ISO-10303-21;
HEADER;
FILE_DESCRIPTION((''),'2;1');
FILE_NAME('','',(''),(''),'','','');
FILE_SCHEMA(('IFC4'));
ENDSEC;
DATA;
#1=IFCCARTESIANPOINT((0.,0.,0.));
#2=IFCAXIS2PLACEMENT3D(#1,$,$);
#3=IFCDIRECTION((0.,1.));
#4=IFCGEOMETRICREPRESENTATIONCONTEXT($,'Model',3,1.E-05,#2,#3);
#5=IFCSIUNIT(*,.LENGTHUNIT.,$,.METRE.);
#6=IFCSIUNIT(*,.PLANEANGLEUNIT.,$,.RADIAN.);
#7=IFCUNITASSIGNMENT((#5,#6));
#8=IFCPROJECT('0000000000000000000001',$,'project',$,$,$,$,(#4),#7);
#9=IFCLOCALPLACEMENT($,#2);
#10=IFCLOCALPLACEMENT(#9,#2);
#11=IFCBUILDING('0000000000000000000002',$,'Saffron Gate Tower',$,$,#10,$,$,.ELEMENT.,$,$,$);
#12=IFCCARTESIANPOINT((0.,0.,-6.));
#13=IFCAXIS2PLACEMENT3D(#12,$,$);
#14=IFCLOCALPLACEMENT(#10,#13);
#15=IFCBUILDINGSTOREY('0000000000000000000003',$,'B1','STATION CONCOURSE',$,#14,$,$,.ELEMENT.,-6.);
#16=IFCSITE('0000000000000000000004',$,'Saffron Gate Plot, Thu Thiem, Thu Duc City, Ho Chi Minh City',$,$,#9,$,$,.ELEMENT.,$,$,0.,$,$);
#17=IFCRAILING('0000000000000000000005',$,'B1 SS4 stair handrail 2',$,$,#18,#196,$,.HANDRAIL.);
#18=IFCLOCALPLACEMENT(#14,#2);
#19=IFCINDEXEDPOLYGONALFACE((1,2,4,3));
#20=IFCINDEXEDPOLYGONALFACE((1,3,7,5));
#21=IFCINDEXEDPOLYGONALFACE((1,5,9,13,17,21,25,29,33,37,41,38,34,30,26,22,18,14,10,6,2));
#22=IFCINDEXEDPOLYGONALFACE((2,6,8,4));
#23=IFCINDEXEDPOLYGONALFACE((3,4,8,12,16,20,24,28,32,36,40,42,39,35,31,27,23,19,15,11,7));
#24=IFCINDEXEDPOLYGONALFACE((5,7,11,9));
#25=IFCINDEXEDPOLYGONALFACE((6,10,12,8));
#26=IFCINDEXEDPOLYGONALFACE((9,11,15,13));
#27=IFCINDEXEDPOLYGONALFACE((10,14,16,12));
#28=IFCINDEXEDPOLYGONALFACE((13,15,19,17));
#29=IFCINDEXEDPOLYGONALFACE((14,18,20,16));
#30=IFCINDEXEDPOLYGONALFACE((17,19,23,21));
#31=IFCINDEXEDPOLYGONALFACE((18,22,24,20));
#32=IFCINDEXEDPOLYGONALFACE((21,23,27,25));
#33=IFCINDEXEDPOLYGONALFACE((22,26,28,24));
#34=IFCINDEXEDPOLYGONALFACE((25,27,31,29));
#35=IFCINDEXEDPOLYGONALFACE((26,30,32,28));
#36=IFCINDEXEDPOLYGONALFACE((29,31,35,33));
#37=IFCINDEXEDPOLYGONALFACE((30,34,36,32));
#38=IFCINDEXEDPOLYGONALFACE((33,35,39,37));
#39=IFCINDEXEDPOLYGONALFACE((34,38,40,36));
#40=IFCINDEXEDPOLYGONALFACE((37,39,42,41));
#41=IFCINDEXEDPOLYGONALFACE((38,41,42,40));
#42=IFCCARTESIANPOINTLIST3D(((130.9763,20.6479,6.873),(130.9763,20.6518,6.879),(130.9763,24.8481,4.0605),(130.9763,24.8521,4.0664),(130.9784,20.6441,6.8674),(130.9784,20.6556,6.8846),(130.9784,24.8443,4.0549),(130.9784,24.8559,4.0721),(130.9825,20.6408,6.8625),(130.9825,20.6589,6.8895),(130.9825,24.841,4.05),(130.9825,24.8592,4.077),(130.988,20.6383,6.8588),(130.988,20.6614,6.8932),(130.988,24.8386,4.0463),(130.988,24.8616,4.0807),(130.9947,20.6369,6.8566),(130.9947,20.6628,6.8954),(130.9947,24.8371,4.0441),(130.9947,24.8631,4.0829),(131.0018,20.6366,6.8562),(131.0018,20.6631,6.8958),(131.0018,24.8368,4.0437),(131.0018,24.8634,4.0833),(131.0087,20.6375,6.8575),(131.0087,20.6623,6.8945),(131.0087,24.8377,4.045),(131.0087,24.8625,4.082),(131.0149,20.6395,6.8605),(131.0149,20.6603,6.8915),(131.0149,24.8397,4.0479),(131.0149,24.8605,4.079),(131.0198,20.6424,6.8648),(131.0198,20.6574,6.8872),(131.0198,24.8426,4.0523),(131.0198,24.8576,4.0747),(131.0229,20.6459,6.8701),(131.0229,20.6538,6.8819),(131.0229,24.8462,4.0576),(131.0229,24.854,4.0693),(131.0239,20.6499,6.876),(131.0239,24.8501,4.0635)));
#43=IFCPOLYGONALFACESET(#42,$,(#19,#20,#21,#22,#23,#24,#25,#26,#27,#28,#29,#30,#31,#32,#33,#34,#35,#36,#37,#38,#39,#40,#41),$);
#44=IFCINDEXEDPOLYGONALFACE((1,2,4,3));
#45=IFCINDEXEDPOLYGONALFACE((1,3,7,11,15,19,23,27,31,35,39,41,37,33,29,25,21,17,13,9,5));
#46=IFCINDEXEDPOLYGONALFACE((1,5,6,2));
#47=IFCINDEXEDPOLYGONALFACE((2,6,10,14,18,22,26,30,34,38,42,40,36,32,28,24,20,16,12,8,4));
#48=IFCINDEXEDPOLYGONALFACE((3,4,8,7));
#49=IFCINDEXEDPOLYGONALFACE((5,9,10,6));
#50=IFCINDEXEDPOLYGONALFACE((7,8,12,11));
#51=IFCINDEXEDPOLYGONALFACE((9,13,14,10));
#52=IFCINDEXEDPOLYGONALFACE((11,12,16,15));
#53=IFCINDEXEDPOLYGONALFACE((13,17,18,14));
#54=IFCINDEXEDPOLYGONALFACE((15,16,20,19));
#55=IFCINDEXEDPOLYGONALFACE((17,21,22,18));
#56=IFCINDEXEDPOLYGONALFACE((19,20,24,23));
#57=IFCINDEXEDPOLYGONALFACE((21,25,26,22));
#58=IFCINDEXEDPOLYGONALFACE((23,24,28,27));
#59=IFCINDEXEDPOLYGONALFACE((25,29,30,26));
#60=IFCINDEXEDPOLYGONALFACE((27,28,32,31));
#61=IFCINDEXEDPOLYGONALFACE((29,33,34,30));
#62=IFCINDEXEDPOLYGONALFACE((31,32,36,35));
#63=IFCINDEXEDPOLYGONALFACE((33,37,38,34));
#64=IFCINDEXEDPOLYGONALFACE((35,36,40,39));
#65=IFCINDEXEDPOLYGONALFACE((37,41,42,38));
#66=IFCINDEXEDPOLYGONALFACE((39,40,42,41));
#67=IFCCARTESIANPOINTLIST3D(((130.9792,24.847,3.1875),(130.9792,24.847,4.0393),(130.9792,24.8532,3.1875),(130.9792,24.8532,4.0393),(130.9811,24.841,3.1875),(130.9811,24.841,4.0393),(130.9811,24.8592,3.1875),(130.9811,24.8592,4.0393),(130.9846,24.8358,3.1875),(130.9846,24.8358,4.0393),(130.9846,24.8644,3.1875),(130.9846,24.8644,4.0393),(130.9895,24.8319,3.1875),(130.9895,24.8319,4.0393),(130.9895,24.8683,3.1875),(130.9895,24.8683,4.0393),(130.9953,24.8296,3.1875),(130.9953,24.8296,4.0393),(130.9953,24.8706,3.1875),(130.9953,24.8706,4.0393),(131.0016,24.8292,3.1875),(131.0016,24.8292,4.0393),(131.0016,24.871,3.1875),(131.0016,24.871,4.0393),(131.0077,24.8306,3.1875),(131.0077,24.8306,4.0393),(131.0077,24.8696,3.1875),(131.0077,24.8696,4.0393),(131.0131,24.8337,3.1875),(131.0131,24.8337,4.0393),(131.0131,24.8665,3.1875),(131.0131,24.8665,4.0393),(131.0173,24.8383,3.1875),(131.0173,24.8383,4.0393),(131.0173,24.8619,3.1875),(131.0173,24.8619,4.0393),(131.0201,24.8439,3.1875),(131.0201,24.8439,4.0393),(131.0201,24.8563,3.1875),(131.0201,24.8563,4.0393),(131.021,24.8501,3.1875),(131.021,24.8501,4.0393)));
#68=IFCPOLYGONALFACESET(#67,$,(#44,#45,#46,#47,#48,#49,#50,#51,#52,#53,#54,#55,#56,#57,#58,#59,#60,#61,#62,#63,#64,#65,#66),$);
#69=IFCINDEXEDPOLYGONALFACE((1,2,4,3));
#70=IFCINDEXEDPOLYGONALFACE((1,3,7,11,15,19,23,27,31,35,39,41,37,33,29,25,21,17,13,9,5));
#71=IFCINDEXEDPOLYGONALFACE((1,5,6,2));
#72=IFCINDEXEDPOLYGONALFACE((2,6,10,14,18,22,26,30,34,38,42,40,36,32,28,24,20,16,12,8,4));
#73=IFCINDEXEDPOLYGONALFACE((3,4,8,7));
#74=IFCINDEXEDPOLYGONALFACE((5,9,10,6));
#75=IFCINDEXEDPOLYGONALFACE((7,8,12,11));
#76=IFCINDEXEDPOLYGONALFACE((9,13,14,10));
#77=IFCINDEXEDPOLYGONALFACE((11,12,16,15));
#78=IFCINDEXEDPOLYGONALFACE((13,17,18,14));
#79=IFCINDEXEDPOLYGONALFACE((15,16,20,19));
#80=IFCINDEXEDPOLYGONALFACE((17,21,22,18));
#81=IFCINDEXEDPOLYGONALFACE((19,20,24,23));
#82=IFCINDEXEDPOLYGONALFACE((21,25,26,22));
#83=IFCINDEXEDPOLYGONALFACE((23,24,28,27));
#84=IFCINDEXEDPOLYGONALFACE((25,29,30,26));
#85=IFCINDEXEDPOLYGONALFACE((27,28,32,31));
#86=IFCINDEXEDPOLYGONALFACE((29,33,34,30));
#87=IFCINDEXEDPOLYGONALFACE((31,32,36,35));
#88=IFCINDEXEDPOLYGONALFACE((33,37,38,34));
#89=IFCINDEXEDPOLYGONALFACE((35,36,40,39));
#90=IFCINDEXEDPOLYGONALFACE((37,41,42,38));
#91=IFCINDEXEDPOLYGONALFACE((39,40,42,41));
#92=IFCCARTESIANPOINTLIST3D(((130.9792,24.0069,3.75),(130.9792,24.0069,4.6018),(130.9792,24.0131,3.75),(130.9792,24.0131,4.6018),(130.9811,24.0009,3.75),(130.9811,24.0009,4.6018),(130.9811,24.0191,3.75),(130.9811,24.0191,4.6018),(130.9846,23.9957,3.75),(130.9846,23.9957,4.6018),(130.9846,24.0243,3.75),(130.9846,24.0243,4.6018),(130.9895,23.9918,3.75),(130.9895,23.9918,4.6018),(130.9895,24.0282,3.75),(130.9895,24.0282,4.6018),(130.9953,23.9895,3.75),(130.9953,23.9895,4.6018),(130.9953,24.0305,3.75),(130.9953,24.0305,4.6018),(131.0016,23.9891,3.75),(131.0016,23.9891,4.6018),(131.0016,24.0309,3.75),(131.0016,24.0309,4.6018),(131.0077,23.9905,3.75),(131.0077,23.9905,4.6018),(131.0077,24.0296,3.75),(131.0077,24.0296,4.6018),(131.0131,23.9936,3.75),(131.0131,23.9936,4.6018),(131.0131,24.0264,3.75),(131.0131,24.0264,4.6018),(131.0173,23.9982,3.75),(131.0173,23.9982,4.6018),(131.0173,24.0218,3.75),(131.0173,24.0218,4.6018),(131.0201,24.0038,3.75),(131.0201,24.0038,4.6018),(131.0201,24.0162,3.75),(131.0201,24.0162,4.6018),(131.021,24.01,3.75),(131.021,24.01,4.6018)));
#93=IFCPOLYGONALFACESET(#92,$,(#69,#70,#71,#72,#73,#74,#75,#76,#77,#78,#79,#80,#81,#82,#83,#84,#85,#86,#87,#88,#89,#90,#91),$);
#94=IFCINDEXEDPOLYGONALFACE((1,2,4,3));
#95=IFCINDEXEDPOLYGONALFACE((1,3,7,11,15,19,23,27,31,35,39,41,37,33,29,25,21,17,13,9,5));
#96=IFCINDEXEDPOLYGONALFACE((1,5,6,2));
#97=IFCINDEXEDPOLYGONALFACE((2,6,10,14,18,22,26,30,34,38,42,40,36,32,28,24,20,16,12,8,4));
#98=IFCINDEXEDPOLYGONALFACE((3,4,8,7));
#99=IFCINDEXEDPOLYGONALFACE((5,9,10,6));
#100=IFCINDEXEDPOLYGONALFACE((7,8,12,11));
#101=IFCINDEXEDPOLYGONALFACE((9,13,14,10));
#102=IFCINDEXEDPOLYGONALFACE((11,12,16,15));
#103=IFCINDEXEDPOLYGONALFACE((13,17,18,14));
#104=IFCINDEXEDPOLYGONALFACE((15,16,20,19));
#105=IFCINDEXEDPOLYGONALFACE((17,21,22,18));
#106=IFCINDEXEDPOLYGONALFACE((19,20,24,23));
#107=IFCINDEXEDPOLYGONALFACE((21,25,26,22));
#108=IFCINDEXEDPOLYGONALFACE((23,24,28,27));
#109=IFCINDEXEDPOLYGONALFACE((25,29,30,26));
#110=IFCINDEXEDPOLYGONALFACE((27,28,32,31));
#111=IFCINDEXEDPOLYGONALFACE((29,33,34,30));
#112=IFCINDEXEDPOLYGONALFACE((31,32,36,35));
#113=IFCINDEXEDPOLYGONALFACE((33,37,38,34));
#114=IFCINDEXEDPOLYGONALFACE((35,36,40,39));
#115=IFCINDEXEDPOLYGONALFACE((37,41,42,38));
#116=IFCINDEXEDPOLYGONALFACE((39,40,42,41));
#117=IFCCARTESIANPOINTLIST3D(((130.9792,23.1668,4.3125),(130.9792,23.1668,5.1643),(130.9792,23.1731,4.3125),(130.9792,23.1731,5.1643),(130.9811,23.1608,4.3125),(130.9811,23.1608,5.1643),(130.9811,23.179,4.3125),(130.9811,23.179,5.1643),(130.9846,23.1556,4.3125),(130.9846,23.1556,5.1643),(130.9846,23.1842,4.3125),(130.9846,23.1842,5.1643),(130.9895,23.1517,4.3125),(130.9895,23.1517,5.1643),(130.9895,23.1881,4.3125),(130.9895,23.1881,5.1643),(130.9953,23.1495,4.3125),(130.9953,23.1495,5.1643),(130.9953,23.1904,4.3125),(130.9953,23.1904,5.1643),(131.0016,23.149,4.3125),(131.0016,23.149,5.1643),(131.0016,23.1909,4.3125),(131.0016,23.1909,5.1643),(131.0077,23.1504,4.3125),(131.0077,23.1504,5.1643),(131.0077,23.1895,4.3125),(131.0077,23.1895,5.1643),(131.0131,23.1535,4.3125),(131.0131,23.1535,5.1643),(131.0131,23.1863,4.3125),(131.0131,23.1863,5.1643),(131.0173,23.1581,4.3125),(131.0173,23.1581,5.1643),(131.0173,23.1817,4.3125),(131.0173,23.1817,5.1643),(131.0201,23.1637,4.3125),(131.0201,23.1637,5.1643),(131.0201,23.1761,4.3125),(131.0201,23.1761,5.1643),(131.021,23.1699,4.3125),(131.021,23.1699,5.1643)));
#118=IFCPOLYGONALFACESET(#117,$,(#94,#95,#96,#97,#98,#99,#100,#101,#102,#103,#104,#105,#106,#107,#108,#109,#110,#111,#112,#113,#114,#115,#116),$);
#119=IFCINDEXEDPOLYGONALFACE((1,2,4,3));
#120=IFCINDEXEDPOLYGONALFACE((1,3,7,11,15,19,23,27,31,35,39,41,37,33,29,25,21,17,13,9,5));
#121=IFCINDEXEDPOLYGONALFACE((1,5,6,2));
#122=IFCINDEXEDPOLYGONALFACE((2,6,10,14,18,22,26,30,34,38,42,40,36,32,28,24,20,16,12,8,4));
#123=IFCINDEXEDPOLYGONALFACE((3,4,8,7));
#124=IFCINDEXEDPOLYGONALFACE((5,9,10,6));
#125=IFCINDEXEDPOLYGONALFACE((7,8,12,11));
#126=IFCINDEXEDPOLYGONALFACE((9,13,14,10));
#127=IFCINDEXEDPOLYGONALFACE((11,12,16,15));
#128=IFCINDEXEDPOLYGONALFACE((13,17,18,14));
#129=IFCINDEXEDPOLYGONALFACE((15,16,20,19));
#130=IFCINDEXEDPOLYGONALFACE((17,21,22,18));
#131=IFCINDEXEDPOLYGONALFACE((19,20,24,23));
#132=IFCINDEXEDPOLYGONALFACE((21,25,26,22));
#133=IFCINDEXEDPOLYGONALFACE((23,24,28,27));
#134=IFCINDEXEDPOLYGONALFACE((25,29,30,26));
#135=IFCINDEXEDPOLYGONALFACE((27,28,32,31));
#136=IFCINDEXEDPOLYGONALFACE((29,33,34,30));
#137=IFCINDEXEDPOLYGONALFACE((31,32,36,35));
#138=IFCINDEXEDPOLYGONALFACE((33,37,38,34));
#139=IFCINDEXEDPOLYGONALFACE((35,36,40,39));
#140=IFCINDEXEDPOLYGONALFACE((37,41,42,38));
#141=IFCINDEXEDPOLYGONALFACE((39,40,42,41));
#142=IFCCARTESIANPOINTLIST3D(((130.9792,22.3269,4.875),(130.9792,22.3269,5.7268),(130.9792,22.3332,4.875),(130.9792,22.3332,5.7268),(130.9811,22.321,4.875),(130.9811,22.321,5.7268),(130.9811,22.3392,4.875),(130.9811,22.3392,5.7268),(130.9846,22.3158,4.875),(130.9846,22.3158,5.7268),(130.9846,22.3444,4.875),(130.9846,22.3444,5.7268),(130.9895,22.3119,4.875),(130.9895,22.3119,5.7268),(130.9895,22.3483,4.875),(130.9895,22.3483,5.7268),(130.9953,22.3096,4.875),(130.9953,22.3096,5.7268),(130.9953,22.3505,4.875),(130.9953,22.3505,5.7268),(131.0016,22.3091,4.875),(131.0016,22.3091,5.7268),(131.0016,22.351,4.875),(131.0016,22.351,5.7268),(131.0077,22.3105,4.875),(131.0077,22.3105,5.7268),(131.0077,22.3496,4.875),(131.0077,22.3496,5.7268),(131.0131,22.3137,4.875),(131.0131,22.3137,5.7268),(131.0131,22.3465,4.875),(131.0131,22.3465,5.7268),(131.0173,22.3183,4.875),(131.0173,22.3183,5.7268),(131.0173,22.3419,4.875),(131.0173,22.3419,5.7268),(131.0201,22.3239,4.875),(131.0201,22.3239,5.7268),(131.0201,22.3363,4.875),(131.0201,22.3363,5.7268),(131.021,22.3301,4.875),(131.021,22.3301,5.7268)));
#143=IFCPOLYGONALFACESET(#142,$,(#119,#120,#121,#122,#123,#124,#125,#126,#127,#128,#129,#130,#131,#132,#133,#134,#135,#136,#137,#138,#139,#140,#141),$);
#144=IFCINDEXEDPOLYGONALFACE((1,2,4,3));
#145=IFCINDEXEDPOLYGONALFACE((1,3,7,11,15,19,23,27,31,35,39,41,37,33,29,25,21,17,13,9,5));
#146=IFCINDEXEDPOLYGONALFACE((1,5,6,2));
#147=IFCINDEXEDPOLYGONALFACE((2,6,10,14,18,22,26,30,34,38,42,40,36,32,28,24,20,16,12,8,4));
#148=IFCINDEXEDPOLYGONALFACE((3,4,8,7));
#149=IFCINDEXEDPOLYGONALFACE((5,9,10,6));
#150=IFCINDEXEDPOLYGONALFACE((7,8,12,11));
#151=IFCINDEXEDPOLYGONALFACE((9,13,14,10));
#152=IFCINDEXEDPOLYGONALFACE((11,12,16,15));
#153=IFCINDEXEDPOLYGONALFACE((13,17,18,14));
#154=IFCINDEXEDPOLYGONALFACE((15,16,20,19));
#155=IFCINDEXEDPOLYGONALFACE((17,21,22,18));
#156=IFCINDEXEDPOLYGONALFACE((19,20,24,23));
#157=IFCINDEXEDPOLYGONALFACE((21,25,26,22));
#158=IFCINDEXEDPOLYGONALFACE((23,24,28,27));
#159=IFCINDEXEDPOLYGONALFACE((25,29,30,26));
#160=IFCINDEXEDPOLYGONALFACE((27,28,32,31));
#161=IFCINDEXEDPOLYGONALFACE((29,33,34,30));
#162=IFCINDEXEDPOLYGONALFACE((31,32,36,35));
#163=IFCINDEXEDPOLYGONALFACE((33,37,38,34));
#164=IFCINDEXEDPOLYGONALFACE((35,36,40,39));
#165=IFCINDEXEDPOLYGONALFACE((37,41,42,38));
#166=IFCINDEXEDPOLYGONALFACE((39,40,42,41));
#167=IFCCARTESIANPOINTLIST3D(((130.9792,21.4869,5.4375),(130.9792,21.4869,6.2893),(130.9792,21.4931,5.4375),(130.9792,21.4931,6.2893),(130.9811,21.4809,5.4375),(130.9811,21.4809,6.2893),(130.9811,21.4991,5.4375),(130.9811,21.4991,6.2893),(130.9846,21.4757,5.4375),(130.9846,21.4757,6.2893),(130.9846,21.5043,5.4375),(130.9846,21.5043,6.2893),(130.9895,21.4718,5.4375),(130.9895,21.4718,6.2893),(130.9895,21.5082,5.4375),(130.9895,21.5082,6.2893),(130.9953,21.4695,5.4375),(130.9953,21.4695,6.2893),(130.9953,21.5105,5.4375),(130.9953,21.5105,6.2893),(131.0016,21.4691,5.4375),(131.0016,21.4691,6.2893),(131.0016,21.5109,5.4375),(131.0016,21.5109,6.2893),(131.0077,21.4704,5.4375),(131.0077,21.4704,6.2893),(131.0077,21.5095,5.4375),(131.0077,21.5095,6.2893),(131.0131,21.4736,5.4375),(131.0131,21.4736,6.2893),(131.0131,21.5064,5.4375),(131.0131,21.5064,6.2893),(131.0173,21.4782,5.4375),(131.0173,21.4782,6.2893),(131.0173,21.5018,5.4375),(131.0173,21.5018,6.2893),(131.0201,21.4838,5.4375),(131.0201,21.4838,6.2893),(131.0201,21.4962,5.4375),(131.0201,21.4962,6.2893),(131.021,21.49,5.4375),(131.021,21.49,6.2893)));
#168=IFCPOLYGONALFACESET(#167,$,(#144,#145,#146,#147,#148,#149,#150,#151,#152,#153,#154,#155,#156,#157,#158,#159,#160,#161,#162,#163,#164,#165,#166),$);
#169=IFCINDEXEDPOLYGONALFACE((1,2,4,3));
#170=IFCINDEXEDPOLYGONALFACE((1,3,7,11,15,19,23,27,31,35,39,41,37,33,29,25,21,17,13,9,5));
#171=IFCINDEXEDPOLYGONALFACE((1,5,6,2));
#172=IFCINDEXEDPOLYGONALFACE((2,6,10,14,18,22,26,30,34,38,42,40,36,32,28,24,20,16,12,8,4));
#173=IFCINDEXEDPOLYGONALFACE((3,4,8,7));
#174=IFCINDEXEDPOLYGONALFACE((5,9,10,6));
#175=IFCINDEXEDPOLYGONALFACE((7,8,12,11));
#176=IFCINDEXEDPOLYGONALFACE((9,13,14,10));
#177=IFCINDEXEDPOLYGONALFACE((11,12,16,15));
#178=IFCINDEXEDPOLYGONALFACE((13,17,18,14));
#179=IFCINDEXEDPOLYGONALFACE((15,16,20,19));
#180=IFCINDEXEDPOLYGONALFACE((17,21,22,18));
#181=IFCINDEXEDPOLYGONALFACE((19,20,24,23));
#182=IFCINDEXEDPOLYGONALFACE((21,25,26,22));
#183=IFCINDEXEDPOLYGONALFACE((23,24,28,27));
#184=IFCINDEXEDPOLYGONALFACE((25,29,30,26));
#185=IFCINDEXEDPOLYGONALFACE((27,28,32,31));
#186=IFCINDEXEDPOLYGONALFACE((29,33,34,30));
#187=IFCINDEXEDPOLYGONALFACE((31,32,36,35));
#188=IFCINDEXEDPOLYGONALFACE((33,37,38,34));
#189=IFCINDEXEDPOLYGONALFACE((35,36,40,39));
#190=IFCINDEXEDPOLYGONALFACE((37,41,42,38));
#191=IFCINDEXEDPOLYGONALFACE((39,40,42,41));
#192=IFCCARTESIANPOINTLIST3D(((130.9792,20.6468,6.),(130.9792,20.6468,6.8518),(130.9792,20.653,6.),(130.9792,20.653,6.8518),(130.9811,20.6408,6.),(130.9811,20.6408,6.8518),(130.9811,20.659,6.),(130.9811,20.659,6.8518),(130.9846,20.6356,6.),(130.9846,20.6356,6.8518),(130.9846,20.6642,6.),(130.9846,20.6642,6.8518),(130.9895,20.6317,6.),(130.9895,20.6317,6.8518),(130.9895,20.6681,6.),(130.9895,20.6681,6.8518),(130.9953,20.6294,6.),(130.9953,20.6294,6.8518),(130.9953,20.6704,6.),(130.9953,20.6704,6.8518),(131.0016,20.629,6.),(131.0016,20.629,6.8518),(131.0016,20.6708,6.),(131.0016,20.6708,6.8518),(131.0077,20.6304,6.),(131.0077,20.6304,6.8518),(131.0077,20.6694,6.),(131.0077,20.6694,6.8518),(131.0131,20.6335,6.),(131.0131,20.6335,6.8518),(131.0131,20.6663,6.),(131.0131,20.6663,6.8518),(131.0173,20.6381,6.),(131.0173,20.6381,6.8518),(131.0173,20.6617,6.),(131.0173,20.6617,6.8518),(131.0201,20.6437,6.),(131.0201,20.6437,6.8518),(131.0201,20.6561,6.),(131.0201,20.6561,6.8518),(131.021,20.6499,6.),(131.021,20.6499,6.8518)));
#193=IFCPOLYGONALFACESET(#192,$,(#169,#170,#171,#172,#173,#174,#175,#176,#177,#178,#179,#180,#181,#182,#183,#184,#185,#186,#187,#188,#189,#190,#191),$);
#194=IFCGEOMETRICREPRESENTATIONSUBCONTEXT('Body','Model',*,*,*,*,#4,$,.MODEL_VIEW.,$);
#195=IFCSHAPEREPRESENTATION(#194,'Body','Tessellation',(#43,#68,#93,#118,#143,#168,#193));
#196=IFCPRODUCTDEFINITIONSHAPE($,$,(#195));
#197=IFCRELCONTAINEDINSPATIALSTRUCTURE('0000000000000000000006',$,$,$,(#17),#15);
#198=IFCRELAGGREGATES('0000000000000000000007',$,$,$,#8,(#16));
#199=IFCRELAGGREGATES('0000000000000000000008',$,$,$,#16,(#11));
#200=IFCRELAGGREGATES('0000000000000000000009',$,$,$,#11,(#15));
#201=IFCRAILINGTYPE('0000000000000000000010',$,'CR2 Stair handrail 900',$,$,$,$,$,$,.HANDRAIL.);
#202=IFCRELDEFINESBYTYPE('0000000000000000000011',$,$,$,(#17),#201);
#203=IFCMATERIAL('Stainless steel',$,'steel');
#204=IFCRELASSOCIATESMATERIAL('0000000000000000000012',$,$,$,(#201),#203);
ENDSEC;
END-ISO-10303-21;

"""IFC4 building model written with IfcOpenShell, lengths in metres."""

from ifc_helpers import new_model, si_unit, direction, frame, origin, origin_2d, place, context, subcontext, project, spatial, circle, extrude, material, type_object, element, save


model = new_model("IFC4")

# Units and contexts
model_context = context("Model", 3, precision=1e-05, world=origin(), true_north=direction((0.0, 1.0)))
body_context = subcontext(model_context, "Body", "Model", "MODEL_VIEW")
ifc_project = project(units=[si_unit("LENGTHUNIT", "METRE"), si_unit("PLANEANGLEUNIT", "RADIAN")], contexts=[model_context])

# Site, building, storey
site_placement = place(None, origin())
site = spatial("IfcSite", under=ifc_project, at=site_placement, Name="Saffron Gate Plot, Thu Thiem, Thu Duc City, Ho Chi Minh City", CompositionType="ELEMENT", RefElevation=0.0)
building_placement = place(site_placement, origin())
building = spatial("IfcBuilding", under=site, at=building_placement, Name="Saffron Gate Tower", CompositionType="ELEMENT")
storey_placement = place(building_placement, frame((0.0, 0.0, -6.0)))
storey = spatial("IfcBuildingStorey", under=building, at=storey_placement, Name="B1", Description="STATION CONCOURSE", CompositionType="ELEMENT", Elevation=-6.0)

# Railing
ifc_material_1 = material(Name="Stainless steel", Category="steel")
railing_type_1 = type_object("IfcRailingType", Name="CR2 Stair handrail 900", PredefinedType="HANDRAIL", material=ifc_material_1)
railing_1_placement = place(storey_placement, frame((131.0, 24.8501, 3.1875)))
element("IfcRailing", 1, at=railing_1_placement, inside=storey, type_object=railing_type_1, Name="B1 SS4 stair handrail 2", PredefinedType="HANDRAIL", context=body_context, shape_type="SweptSolid", body=[
    extrude(circle(Radius=0.0239, at=origin_2d()), frame((0.0, 0.0, 0.876), z_axis=(0.0, -0.830919, 0.556393), x_axis=(1.0, 0.0, 0.0)), (0.0, 0.0, 1.0), 5.0549),
    extrude(circle(Radius=0.021, at=origin_2d()), origin(), (0.0, 0.0, 1.0), 0.8518),
    extrude(circle(Radius=0.021, at=origin_2d()), frame((0.0, -0.8401, 0.5625)), (0.0, 0.0, 1.0), 0.8518),
    extrude(circle(Radius=0.021, at=origin_2d()), frame((0.0, -1.6802, 1.125)), (0.0, 0.0, 1.0), 0.8518),
    extrude(circle(Radius=0.021, at=origin_2d()), frame((0.0, -2.52, 1.6875)), (0.0, 0.0, 1.0), 0.8518),
    extrude(circle(Radius=0.021, at=origin_2d()), frame((0.0, -3.3601, 2.25)), (0.0, 0.0, 1.0), 0.8518),
    extrude(circle(Radius=0.021, at=origin_2d()), frame((0.0, -4.2002, 2.8125)), (0.0, 0.0, 1.0), 0.8518),
])

save(model, "model.ifc")
